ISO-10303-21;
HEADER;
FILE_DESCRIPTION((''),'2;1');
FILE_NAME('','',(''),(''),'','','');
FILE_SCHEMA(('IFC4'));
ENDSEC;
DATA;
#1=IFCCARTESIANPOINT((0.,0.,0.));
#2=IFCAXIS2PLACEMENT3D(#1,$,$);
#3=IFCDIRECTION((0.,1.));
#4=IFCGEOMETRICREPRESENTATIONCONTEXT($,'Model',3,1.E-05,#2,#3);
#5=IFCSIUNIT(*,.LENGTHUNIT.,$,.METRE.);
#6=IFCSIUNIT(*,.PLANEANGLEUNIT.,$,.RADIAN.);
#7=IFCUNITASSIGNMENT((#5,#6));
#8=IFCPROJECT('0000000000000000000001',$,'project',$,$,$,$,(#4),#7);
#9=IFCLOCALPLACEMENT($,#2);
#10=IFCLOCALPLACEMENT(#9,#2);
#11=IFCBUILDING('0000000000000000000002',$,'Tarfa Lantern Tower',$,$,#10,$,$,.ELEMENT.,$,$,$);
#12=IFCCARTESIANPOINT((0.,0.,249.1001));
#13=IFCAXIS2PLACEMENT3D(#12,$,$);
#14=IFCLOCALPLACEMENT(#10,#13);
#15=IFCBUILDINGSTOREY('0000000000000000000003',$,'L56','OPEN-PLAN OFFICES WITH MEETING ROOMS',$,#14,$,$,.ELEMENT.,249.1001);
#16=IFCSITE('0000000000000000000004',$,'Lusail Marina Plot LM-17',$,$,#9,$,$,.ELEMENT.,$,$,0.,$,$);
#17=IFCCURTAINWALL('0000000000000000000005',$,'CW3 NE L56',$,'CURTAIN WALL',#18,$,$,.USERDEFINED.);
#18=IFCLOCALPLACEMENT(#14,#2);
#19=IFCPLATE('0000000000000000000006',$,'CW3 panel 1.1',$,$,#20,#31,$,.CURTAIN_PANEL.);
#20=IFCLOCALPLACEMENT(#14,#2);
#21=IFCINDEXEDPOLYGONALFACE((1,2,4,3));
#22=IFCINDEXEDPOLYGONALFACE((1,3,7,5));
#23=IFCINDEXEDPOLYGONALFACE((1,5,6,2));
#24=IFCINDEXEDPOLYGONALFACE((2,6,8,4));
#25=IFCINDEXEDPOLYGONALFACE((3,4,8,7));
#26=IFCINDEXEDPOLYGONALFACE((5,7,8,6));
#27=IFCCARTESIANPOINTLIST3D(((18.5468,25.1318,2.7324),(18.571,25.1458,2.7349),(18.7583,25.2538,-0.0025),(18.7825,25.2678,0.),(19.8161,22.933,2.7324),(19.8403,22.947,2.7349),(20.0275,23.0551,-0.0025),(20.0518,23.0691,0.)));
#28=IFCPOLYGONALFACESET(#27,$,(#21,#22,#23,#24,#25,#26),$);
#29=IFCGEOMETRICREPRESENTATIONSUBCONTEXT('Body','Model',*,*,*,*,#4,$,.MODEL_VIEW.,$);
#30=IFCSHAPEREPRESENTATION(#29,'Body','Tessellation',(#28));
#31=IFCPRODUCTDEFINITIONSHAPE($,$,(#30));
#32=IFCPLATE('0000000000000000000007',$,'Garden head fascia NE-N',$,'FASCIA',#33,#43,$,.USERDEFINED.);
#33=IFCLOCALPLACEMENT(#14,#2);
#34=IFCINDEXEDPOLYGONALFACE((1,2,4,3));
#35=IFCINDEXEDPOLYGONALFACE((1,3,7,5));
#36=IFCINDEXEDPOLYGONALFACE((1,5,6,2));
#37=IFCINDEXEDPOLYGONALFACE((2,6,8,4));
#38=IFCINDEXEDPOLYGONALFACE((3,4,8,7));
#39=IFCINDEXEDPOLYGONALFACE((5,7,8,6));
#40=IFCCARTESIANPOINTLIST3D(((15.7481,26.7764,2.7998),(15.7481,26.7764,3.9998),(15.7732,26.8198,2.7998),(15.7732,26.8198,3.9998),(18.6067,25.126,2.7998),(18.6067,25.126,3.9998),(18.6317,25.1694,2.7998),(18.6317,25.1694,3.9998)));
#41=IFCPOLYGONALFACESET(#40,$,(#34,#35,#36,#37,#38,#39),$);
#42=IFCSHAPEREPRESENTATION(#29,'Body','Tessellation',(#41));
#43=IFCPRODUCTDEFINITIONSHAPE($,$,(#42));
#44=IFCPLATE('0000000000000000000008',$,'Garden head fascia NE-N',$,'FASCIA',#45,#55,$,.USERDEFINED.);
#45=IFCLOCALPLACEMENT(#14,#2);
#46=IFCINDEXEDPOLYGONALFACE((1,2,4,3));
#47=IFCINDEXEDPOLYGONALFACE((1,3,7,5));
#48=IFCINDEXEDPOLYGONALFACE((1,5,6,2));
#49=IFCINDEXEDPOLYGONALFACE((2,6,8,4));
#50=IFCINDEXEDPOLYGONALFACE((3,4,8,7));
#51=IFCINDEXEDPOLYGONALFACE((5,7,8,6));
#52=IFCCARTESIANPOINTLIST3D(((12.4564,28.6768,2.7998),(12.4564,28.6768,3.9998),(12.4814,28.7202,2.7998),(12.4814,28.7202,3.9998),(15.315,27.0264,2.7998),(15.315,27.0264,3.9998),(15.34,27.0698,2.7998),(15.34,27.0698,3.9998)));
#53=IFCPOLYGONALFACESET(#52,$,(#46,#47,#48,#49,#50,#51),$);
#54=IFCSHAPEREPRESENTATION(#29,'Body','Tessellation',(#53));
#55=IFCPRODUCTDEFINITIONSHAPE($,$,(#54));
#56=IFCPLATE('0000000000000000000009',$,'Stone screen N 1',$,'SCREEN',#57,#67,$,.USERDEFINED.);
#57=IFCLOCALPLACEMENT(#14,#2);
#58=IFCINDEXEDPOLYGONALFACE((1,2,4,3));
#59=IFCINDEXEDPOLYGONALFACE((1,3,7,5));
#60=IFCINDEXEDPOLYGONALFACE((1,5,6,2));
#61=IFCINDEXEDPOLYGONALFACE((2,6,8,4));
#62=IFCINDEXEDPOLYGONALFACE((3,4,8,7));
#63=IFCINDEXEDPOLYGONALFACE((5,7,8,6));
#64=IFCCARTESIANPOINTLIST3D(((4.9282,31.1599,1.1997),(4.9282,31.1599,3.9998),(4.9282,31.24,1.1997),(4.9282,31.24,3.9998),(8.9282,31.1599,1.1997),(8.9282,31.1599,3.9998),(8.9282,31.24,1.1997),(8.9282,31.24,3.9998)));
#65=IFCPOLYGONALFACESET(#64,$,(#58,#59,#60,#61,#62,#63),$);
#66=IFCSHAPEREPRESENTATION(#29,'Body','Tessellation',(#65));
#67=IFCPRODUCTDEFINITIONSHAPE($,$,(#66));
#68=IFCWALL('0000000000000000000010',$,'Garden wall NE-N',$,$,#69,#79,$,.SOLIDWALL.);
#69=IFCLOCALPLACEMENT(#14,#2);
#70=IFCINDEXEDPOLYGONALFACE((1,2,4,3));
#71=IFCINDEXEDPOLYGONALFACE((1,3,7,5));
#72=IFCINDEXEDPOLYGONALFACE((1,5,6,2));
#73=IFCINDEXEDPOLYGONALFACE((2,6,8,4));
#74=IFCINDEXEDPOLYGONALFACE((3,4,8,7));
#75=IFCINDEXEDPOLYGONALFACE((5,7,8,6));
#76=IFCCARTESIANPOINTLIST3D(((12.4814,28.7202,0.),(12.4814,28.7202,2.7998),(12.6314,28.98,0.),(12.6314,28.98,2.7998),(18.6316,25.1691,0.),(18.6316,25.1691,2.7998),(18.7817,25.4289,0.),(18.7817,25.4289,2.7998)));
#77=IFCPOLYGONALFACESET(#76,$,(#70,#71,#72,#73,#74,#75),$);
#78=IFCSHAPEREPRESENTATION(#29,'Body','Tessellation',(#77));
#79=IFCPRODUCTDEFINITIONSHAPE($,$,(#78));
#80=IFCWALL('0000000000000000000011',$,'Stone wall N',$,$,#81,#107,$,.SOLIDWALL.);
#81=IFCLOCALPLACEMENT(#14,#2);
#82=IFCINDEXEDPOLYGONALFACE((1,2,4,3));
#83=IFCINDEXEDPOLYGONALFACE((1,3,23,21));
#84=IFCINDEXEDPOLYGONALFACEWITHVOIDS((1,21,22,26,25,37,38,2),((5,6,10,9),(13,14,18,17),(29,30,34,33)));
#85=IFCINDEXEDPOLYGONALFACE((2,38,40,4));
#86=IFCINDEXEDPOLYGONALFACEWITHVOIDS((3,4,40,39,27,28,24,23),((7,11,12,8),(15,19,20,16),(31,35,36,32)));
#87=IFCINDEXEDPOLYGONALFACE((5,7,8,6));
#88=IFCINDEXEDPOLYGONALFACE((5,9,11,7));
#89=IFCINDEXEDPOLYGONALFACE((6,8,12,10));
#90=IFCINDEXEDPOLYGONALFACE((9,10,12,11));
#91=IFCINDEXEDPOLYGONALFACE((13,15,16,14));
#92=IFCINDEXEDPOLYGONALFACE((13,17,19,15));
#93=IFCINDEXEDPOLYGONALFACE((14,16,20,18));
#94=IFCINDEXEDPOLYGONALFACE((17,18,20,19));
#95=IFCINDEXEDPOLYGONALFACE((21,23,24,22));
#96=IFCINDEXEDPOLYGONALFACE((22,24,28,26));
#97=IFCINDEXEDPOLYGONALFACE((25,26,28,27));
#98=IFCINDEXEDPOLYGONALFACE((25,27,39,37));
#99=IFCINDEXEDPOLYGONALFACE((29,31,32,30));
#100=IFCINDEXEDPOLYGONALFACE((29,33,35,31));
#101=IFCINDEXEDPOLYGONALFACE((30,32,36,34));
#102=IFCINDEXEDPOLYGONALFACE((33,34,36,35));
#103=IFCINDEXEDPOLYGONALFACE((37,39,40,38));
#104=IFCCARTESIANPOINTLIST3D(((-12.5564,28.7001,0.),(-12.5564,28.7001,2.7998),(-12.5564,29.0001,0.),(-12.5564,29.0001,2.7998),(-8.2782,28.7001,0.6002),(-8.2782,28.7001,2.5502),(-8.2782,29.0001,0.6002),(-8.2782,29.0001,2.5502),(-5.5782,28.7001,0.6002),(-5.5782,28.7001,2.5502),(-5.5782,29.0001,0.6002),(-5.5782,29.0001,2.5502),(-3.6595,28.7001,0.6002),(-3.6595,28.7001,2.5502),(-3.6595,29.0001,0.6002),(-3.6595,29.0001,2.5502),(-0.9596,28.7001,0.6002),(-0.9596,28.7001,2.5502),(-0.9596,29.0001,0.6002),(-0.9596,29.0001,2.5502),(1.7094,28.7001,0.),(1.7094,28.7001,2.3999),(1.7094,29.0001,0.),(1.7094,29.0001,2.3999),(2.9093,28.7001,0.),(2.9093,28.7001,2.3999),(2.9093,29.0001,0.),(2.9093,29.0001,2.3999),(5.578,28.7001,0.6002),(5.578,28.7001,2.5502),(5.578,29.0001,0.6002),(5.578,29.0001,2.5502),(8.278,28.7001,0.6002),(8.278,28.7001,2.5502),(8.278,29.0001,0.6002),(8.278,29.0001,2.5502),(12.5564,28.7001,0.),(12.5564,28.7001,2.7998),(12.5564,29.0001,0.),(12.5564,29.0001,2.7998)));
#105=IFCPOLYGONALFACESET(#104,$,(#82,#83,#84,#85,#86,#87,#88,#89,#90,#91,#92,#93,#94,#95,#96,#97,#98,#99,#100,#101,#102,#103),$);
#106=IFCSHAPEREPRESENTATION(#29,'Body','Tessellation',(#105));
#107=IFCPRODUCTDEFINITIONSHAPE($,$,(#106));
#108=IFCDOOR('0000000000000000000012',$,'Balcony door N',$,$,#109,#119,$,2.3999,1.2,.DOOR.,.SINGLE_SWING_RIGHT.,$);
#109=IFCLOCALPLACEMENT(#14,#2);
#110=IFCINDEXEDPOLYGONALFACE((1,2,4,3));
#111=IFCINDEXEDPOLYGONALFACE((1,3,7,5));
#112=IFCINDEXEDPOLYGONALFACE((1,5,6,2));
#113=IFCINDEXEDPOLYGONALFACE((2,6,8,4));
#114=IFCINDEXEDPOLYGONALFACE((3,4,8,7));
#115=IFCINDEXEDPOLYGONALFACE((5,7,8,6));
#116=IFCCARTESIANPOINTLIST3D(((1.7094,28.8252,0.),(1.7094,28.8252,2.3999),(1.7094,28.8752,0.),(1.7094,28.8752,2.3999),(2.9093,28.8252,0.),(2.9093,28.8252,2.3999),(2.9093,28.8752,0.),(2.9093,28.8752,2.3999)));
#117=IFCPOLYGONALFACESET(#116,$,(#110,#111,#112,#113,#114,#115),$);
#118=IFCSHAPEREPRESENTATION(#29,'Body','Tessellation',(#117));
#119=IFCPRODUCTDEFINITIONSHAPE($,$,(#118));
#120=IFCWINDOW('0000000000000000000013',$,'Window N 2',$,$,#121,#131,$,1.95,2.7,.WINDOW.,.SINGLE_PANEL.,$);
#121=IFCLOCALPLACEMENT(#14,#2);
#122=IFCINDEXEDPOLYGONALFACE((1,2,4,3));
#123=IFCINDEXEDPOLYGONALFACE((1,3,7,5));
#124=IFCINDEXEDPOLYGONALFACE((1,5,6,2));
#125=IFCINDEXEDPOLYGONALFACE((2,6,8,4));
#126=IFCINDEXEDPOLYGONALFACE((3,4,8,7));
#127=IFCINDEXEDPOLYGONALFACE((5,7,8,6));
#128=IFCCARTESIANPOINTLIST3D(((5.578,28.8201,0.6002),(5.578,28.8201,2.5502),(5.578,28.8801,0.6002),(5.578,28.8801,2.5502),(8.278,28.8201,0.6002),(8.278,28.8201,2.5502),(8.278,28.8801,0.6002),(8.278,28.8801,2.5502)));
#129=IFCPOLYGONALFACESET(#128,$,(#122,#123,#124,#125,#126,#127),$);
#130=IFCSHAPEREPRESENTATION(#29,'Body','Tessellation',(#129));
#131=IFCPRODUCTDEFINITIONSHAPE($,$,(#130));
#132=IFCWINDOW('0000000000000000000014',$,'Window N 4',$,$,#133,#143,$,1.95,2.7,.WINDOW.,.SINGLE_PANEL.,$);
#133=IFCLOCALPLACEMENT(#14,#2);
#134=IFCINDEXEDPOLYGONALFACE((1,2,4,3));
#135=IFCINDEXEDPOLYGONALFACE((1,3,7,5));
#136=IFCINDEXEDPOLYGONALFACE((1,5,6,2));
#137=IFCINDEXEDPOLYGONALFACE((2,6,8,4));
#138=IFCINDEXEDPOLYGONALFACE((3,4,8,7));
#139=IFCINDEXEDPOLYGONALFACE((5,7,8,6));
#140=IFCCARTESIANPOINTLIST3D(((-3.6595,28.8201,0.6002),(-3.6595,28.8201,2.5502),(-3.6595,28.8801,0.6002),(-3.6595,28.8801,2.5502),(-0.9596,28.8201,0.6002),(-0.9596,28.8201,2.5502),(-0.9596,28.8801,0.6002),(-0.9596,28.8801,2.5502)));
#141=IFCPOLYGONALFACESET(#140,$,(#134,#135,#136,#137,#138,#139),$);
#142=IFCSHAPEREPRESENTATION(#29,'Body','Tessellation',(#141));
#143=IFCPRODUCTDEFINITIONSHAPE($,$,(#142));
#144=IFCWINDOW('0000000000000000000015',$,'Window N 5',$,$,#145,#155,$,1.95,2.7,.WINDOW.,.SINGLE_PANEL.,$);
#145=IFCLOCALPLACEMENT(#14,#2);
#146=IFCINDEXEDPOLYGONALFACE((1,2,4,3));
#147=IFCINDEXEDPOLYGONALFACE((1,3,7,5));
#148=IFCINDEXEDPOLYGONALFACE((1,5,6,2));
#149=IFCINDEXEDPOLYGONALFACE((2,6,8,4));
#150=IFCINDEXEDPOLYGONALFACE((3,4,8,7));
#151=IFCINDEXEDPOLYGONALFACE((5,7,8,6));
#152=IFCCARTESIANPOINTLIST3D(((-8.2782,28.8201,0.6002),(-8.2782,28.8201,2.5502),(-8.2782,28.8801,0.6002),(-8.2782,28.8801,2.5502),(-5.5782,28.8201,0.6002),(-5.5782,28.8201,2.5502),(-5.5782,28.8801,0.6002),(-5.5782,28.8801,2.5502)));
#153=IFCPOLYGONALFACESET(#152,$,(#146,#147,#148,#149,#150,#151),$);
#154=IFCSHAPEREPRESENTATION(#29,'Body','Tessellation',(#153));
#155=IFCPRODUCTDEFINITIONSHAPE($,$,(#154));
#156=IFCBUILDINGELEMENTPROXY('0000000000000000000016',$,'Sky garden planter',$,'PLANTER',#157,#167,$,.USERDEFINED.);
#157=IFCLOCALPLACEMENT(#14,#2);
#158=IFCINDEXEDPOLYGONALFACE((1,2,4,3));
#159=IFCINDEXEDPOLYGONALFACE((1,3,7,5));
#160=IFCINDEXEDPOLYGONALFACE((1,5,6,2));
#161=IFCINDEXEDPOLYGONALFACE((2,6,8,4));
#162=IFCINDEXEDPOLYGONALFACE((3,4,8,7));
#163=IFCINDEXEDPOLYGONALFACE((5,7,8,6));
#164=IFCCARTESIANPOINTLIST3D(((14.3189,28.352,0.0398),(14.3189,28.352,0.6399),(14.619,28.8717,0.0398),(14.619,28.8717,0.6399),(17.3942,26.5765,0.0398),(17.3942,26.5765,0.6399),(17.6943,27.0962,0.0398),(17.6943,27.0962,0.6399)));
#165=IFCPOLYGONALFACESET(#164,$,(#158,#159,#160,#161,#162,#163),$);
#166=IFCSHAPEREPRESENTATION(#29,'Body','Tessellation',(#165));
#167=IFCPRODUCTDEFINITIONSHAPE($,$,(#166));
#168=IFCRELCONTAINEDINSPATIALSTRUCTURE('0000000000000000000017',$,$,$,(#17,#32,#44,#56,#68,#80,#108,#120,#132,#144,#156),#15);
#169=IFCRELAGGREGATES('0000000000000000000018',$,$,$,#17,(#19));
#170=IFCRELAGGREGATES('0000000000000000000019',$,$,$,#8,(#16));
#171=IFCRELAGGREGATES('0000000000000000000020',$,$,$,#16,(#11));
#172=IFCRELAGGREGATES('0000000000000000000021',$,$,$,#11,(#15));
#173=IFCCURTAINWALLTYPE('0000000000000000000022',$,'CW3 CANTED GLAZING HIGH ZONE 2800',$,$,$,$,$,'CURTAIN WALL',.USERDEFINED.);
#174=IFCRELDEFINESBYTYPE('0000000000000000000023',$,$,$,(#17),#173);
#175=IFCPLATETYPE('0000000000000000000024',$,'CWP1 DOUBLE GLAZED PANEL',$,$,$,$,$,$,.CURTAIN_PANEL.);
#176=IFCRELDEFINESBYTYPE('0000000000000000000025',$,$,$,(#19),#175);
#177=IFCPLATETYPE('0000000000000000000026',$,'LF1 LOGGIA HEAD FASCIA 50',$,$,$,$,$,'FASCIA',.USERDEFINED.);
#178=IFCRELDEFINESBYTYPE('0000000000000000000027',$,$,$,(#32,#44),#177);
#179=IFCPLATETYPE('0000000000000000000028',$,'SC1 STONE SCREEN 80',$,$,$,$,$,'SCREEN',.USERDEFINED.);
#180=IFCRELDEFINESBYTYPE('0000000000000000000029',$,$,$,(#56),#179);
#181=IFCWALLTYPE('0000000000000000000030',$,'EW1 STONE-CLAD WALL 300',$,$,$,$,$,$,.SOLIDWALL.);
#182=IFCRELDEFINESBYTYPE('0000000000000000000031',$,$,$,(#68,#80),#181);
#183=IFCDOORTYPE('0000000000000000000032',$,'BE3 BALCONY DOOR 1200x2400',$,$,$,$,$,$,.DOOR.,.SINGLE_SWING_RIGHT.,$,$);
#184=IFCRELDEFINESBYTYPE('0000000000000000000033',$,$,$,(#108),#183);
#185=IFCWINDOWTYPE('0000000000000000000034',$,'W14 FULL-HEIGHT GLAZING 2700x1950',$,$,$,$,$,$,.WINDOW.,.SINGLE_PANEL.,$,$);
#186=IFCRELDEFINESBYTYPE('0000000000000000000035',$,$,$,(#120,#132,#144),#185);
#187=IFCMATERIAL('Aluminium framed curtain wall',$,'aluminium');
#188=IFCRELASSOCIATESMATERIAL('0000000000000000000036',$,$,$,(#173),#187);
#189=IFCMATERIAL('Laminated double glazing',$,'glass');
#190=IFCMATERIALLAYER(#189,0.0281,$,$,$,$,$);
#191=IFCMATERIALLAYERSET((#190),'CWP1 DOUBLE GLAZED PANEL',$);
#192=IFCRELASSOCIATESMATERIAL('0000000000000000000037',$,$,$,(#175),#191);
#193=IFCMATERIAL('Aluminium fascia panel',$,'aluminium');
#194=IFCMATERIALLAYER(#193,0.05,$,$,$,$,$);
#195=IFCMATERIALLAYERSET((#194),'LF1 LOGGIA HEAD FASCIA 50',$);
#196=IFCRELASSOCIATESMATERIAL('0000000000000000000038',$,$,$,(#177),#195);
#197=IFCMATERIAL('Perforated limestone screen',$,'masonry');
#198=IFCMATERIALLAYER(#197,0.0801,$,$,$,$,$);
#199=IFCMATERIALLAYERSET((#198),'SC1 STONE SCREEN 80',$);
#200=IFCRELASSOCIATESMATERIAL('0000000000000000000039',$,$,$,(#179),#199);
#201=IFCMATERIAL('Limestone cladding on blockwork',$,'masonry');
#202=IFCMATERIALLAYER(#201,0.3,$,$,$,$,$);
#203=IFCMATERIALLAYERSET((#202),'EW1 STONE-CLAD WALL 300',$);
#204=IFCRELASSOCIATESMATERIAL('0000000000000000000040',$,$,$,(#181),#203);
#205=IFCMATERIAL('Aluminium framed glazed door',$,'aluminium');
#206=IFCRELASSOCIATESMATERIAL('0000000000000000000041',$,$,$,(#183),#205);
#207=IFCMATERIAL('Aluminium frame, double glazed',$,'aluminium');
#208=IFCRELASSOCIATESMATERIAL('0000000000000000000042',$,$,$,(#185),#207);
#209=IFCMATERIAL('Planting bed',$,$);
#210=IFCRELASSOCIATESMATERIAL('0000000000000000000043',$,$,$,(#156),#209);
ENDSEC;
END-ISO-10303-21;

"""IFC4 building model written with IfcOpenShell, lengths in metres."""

from ifc_helpers import new_model, si_unit, direction, frame, frame_2d, origin, origin_2d, place, context, subcontext, project, spatial, polyline, rectangle, outline, extrude, material, layer, layer_set, type_object, element, fill, aggregate, save


model = new_model("IFC4")

# Units and contexts
model_context = context("Model", 3, precision=1e-05, world=origin(), true_north=direction((0.0, 1.0)))
body_context = subcontext(model_context, "Body", "Model", "MODEL_VIEW")
ifc_project = project(units=[si_unit("LENGTHUNIT", "METRE"), si_unit("PLANEANGLEUNIT", "RADIAN")], contexts=[model_context])

# Site, building, storey
site_placement = place(None, origin())
site = spatial("IfcSite", under=ifc_project, at=site_placement, Name="Lusail Marina Plot LM-17", CompositionType="ELEMENT", RefElevation=0.0)
building_placement = place(site_placement, origin())
building = spatial("IfcBuilding", under=site, at=building_placement, Name="Tarfa Lantern Tower", CompositionType="ELEMENT")
storey_placement = place(building_placement, frame((0.0, 0.0, 249.1001)))
storey = spatial("IfcBuildingStorey", under=building, at=storey_placement, Name="L56", Description="OPEN-PLAN OFFICES WITH MEETING ROOMS", CompositionType="ELEMENT", Elevation=249.1001)

# Curtain wall
ifc_material_1 = material(Name="Aluminium framed curtain wall", Category="aluminium")
curtain_wall_type = type_object("IfcCurtainWallType", Name="CW3 CANTED GLAZING HIGH ZONE 2800", ElementType="CURTAIN WALL", PredefinedType="USERDEFINED", material=ifc_material_1)
curtain_wall_placement = place(storey_placement, origin())
curtain_wall = element("IfcCurtainWall", 1, at=curtain_wall_placement, inside=storey, type_object=curtain_wall_type, Name="CW3 NE L56", ObjectType="CURTAIN WALL", PredefinedType="USERDEFINED")

# Plate
ifc_material_2 = material(Name="Laminated double glazing", Category="glass")
ifc_layer_1 = layer(ifc_material_2, 0.0281)
ifc_layer_set_1 = layer_set([ifc_layer_1], Name="CWP1 DOUBLE GLAZED PANEL")
plate_type_1 = type_object("IfcPlateType", Name="CWP1 DOUBLE GLAZED PANEL", PredefinedType="CURTAIN_PANEL", material=ifc_layer_set_1)
plate_1_placement = place(storey_placement, frame((20.0518, 23.0691, 0.0), z_axis=(0.862621, 0.497975, 0.088914), x_axis=(-0.499956, 0.866051, 0.0)))
plate_1 = element("IfcPlate", 2, at=plate_1_placement, type_object=plate_type_1, Name="CW3 panel 1.1", PredefinedType="CURTAIN_PANEL", context=body_context, shape_type="SweptSolid", body=[
    extrude(outline(polyline([(0.0, 0.0), (2.5388, 0.0), (2.5388, 2.7457), (0.0, 2.7457), (0.0, 0.0)])), origin(), (0.0, 0.0, -1.0), 0.0281),
])
aggregate(curtain_wall, [plate_1])

# Plates
ifc_material_3 = material(Name="Aluminium fascia panel", Category="aluminium")
ifc_layer_2 = layer(ifc_material_3, 0.05)
ifc_layer_set_2 = layer_set([ifc_layer_2], Name="LF1 LOGGIA HEAD FASCIA 50")
plate_type_2 = type_object("IfcPlateType", Name="LF1 LOGGIA HEAD FASCIA 50", ElementType="FASCIA", PredefinedType="USERDEFINED", material=ifc_layer_set_2)
for number, where, z_axis, x_axis, name in (
    (3, (17.1899, 25.9729, 2.7998), (0.0, 0.0, 1.0), (-0.866025, 0.5, 0.0), "Garden head fascia NE-N"),
    (4, (13.8982, 27.8733, 2.7998), (0.0, 0.0, 1.0), (-0.866025, 0.5, 0.0), "Garden head fascia NE-N"),
):
    element("IfcPlate", number, at=place(storey_placement, frame(where, z_axis=z_axis, x_axis=x_axis)), inside=storey, type_object=plate_type_2, Name=name, ObjectType="FASCIA", PredefinedType="USERDEFINED", context=body_context, shape_type="SweptSolid", body=[
        extrude(rectangle(XDim=3.3008, YDim=0.05, at=origin_2d()), origin(), (0.0, 0.0, 1.0), 1.2),
    ])
ifc_material_4 = material(Name="Perforated limestone screen", Category="masonry")
ifc_layer_3 = layer(ifc_material_4, 0.0801)
ifc_layer_set_3 = layer_set([ifc_layer_3], Name="SC1 STONE SCREEN 80")
plate_type_3 = type_object("IfcPlateType", Name="SC1 STONE SCREEN 80", ElementType="SCREEN", PredefinedType="USERDEFINED", material=ifc_layer_set_3)
plate_2_placement = place(storey_placement, frame((6.9282, 31.2, 1.1997), z_axis=(0.0, 0.0, 1.0), x_axis=(-1.0, 0.0, 0.0)))
element("IfcPlate", 5, at=plate_2_placement, inside=storey, type_object=plate_type_3, Name="Stone screen N 1", ObjectType="SCREEN", PredefinedType="USERDEFINED", context=body_context, shape_type="SweptSolid", body=[
    extrude(rectangle(XDim=4.0, YDim=0.0801, at=origin_2d()), origin(), (0.0, 0.0, 1.0), 2.8),
])

# Wall
ifc_material_5 = material(Name="Limestone cladding on blockwork", Category="masonry")
ifc_layer_4 = layer(ifc_material_5, 0.3)
ifc_layer_set_4 = layer_set([ifc_layer_4], Name="EW1 STONE-CLAD WALL 300")
wall_type = type_object("IfcWallType", Name="EW1 STONE-CLAD WALL 300", PredefinedType="SOLIDWALL", material=ifc_layer_set_4)
wall_1_placement = place(storey_placement, frame((18.7065, 25.2991, 0.0), z_axis=(0.0, 0.0, 1.0), x_axis=(-0.866011, 0.500025, 0.0)))
element("IfcWall", 6, at=wall_1_placement, inside=storey, type_object=wall_type, Name="Garden wall NE-N", PredefinedType="SOLIDWALL", context=body_context, shape_type="SweptSolid", body=[
    extrude(rectangle(XDim=7.1018, YDim=0.3, at=frame_2d((3.5508, 0.0))), origin(), (0.0, 0.0, 1.0), 2.7998),
])

# Wall, openings, door, windows
wall_2_placement = place(storey_placement, frame((12.5564, 28.8501, 0.0), z_axis=(0.0, 0.0, 1.0), x_axis=(-1.0, 0.0, 0.0)))
wall_2 = element("IfcWall", 7, at=wall_2_placement, inside=storey, type_object=wall_type, Name="Stone wall N", PredefinedType="SOLIDWALL", context=body_context, shape_type="SweptSolid", body=[
    extrude(rectangle(XDim=25.1128, YDim=0.3, at=frame_2d((12.5564, 0.0))), origin(), (0.0, 0.0, 1.0), 2.7998),
])
opening_1_placement = place(wall_2_placement, frame((4.2783, 0.0, 0.6001)))
opening_1 = element("IfcOpeningElement", 8, at=opening_1_placement, cuts=wall_2, PredefinedType="OPENING", context=body_context, shape_type="SweptSolid", body=[
    extrude(rectangle(XDim=2.7, YDim=1.95, at=frame_2d((1.3501, 0.9751))), frame((0.0, 0.1599, 0.0), z_axis=(0.0, -1.0, 0.0), x_axis=(1.0, 0.0, 0.0)), (0.0, 0.0, 1.0), 0.3201),
])
opening_2_placement = place(wall_2_placement, frame((9.647, 0.0, 0.0)))
opening_2 = element("IfcOpeningElement", 9, at=opening_2_placement, cuts=wall_2, PredefinedType="OPENING", context=body_context, shape_type="SweptSolid", body=[
    extrude(rectangle(XDim=1.2, YDim=2.3999, at=frame_2d((0.6001, 1.2))), frame((0.0, 0.1599, 0.0), z_axis=(0.0, -1.0, 0.0), x_axis=(1.0, 0.0, 0.0)), (0.0, 0.0, 1.0), 0.3201),
])
opening_3_placement = place(wall_2_placement, frame((13.5159, 0.0, 0.6001)))
opening_3 = element("IfcOpeningElement", 10, at=opening_3_placement, cuts=wall_2, PredefinedType="OPENING", context=body_context, shape_type="SweptSolid", body=[
    extrude(rectangle(XDim=2.7, YDim=1.95, at=frame_2d((1.3501, 0.9751))), frame((0.0, 0.1599, 0.0), z_axis=(0.0, -1.0, 0.0), x_axis=(1.0, 0.0, 0.0)), (0.0, 0.0, 1.0), 0.3201),
])
opening_4_placement = place(wall_2_placement, frame((18.1345, 0.0, 0.6001)))
opening_4 = element("IfcOpeningElement", 11, at=opening_4_placement, cuts=wall_2, PredefinedType="OPENING", context=body_context, shape_type="SweptSolid", body=[
    extrude(rectangle(XDim=2.7, YDim=1.95, at=frame_2d((1.3501, 0.9751))), frame((0.0, 0.1599, 0.0), z_axis=(0.0, -1.0, 0.0), x_axis=(1.0, 0.0, 0.0)), (0.0, 0.0, 1.0), 0.3201),
])
ifc_material_6 = material(Name="Aluminium framed glazed door", Category="aluminium")
door_type = type_object("IfcDoorType", Name="BE3 BALCONY DOOR 1200x2400", OperationType="SINGLE_SWING_RIGHT", PredefinedType="DOOR", material=ifc_material_6)
door_placement = place(opening_2_placement, origin())
door = element("IfcDoor", 12, at=door_placement, inside=storey, type_object=door_type, Name="Balcony door N", OperationType="SINGLE_SWING_RIGHT", OverallHeight=2.3999, OverallWidth=1.2, PredefinedType="DOOR", context=body_context, shape_type="SweptSolid", body=[
    extrude(rectangle(XDim=1.2, YDim=2.3999, at=frame_2d((0.6001, 1.2))), frame((0.0, 0.0249, 0.0), z_axis=(0.0, -1.0, 0.0), x_axis=(1.0, 0.0, 0.0)), (0.0, 0.0, 1.0), 0.05),
])
fill(opening_2, door)
ifc_material_7 = material(Name="Aluminium frame, double glazed", Category="aluminium")
window_type = type_object("IfcWindowType", Name="W14 FULL-HEIGHT GLAZING 2700x1950", PartitioningType="SINGLE_PANEL", PredefinedType="WINDOW", material=ifc_material_7)
window_1_placement = place(opening_1_placement, origin())
window_1 = element("IfcWindow", 13, at=window_1_placement, inside=storey, type_object=window_type, Name="Window N 2", OverallHeight=1.95, OverallWidth=2.7, PartitioningType="SINGLE_PANEL", PredefinedType="WINDOW", context=body_context, shape_type="SweptSolid", body=[
    extrude(rectangle(XDim=2.7, YDim=1.95, at=frame_2d((1.3501, 0.9751))), frame((0.0, 0.03, 0.0), z_axis=(0.0, -1.0, 0.0), x_axis=(1.0, 0.0, 0.0)), (0.0, 0.0, 1.0), 0.0601),
])
fill(opening_1, window_1)
window_2_placement = place(opening_3_placement, origin())
window_2 = element("IfcWindow", 14, at=window_2_placement, inside=storey, type_object=window_type, Name="Window N 4", OverallHeight=1.95, OverallWidth=2.7, PartitioningType="SINGLE_PANEL", PredefinedType="WINDOW", context=body_context, shape_type="SweptSolid", body=[
    extrude(rectangle(XDim=2.7, YDim=1.95, at=frame_2d((1.3501, 0.9751))), frame((0.0, 0.03, 0.0), z_axis=(0.0, -1.0, 0.0), x_axis=(1.0, 0.0, 0.0)), (0.0, 0.0, 1.0), 0.0601),
])
fill(opening_3, window_2)
window_3_placement = place(opening_4_placement, origin())
window_3 = element("IfcWindow", 15, at=window_3_placement, inside=storey, type_object=window_type, Name="Window N 5", OverallHeight=1.95, OverallWidth=2.7, PartitioningType="SINGLE_PANEL", PredefinedType="WINDOW", context=body_context, shape_type="SweptSolid", body=[
    extrude(rectangle(XDim=2.7, YDim=1.95, at=frame_2d((1.3501, 0.9751))), frame((0.0, 0.03, 0.0), z_axis=(0.0, -1.0, 0.0), x_axis=(1.0, 0.0, 0.0)), (0.0, 0.0, 1.0), 0.0601),
])
fill(opening_4, window_3)

# Building element proxy
ifc_material_8 = material(Name="Planting bed")
proxy_placement = place(storey_placement, frame((16.0066, 27.7241, 0.0398), z_axis=(0.0, 0.0, 1.0), x_axis=(-0.866025, 0.5, 0.0)))
element("IfcBuildingElementProxy", 16, at=proxy_placement, inside=storey, material=ifc_material_8, Name="Sky garden planter", ObjectType="PLANTER", PredefinedType="USERDEFINED", context=body_context, shape_type="SweptSolid", body=[
    extrude(rectangle(XDim=3.551, YDim=0.6001, at=origin_2d()), origin(), (0.0, 0.0, 1.0), 0.6001),
])

save(model, "model.ifc")
